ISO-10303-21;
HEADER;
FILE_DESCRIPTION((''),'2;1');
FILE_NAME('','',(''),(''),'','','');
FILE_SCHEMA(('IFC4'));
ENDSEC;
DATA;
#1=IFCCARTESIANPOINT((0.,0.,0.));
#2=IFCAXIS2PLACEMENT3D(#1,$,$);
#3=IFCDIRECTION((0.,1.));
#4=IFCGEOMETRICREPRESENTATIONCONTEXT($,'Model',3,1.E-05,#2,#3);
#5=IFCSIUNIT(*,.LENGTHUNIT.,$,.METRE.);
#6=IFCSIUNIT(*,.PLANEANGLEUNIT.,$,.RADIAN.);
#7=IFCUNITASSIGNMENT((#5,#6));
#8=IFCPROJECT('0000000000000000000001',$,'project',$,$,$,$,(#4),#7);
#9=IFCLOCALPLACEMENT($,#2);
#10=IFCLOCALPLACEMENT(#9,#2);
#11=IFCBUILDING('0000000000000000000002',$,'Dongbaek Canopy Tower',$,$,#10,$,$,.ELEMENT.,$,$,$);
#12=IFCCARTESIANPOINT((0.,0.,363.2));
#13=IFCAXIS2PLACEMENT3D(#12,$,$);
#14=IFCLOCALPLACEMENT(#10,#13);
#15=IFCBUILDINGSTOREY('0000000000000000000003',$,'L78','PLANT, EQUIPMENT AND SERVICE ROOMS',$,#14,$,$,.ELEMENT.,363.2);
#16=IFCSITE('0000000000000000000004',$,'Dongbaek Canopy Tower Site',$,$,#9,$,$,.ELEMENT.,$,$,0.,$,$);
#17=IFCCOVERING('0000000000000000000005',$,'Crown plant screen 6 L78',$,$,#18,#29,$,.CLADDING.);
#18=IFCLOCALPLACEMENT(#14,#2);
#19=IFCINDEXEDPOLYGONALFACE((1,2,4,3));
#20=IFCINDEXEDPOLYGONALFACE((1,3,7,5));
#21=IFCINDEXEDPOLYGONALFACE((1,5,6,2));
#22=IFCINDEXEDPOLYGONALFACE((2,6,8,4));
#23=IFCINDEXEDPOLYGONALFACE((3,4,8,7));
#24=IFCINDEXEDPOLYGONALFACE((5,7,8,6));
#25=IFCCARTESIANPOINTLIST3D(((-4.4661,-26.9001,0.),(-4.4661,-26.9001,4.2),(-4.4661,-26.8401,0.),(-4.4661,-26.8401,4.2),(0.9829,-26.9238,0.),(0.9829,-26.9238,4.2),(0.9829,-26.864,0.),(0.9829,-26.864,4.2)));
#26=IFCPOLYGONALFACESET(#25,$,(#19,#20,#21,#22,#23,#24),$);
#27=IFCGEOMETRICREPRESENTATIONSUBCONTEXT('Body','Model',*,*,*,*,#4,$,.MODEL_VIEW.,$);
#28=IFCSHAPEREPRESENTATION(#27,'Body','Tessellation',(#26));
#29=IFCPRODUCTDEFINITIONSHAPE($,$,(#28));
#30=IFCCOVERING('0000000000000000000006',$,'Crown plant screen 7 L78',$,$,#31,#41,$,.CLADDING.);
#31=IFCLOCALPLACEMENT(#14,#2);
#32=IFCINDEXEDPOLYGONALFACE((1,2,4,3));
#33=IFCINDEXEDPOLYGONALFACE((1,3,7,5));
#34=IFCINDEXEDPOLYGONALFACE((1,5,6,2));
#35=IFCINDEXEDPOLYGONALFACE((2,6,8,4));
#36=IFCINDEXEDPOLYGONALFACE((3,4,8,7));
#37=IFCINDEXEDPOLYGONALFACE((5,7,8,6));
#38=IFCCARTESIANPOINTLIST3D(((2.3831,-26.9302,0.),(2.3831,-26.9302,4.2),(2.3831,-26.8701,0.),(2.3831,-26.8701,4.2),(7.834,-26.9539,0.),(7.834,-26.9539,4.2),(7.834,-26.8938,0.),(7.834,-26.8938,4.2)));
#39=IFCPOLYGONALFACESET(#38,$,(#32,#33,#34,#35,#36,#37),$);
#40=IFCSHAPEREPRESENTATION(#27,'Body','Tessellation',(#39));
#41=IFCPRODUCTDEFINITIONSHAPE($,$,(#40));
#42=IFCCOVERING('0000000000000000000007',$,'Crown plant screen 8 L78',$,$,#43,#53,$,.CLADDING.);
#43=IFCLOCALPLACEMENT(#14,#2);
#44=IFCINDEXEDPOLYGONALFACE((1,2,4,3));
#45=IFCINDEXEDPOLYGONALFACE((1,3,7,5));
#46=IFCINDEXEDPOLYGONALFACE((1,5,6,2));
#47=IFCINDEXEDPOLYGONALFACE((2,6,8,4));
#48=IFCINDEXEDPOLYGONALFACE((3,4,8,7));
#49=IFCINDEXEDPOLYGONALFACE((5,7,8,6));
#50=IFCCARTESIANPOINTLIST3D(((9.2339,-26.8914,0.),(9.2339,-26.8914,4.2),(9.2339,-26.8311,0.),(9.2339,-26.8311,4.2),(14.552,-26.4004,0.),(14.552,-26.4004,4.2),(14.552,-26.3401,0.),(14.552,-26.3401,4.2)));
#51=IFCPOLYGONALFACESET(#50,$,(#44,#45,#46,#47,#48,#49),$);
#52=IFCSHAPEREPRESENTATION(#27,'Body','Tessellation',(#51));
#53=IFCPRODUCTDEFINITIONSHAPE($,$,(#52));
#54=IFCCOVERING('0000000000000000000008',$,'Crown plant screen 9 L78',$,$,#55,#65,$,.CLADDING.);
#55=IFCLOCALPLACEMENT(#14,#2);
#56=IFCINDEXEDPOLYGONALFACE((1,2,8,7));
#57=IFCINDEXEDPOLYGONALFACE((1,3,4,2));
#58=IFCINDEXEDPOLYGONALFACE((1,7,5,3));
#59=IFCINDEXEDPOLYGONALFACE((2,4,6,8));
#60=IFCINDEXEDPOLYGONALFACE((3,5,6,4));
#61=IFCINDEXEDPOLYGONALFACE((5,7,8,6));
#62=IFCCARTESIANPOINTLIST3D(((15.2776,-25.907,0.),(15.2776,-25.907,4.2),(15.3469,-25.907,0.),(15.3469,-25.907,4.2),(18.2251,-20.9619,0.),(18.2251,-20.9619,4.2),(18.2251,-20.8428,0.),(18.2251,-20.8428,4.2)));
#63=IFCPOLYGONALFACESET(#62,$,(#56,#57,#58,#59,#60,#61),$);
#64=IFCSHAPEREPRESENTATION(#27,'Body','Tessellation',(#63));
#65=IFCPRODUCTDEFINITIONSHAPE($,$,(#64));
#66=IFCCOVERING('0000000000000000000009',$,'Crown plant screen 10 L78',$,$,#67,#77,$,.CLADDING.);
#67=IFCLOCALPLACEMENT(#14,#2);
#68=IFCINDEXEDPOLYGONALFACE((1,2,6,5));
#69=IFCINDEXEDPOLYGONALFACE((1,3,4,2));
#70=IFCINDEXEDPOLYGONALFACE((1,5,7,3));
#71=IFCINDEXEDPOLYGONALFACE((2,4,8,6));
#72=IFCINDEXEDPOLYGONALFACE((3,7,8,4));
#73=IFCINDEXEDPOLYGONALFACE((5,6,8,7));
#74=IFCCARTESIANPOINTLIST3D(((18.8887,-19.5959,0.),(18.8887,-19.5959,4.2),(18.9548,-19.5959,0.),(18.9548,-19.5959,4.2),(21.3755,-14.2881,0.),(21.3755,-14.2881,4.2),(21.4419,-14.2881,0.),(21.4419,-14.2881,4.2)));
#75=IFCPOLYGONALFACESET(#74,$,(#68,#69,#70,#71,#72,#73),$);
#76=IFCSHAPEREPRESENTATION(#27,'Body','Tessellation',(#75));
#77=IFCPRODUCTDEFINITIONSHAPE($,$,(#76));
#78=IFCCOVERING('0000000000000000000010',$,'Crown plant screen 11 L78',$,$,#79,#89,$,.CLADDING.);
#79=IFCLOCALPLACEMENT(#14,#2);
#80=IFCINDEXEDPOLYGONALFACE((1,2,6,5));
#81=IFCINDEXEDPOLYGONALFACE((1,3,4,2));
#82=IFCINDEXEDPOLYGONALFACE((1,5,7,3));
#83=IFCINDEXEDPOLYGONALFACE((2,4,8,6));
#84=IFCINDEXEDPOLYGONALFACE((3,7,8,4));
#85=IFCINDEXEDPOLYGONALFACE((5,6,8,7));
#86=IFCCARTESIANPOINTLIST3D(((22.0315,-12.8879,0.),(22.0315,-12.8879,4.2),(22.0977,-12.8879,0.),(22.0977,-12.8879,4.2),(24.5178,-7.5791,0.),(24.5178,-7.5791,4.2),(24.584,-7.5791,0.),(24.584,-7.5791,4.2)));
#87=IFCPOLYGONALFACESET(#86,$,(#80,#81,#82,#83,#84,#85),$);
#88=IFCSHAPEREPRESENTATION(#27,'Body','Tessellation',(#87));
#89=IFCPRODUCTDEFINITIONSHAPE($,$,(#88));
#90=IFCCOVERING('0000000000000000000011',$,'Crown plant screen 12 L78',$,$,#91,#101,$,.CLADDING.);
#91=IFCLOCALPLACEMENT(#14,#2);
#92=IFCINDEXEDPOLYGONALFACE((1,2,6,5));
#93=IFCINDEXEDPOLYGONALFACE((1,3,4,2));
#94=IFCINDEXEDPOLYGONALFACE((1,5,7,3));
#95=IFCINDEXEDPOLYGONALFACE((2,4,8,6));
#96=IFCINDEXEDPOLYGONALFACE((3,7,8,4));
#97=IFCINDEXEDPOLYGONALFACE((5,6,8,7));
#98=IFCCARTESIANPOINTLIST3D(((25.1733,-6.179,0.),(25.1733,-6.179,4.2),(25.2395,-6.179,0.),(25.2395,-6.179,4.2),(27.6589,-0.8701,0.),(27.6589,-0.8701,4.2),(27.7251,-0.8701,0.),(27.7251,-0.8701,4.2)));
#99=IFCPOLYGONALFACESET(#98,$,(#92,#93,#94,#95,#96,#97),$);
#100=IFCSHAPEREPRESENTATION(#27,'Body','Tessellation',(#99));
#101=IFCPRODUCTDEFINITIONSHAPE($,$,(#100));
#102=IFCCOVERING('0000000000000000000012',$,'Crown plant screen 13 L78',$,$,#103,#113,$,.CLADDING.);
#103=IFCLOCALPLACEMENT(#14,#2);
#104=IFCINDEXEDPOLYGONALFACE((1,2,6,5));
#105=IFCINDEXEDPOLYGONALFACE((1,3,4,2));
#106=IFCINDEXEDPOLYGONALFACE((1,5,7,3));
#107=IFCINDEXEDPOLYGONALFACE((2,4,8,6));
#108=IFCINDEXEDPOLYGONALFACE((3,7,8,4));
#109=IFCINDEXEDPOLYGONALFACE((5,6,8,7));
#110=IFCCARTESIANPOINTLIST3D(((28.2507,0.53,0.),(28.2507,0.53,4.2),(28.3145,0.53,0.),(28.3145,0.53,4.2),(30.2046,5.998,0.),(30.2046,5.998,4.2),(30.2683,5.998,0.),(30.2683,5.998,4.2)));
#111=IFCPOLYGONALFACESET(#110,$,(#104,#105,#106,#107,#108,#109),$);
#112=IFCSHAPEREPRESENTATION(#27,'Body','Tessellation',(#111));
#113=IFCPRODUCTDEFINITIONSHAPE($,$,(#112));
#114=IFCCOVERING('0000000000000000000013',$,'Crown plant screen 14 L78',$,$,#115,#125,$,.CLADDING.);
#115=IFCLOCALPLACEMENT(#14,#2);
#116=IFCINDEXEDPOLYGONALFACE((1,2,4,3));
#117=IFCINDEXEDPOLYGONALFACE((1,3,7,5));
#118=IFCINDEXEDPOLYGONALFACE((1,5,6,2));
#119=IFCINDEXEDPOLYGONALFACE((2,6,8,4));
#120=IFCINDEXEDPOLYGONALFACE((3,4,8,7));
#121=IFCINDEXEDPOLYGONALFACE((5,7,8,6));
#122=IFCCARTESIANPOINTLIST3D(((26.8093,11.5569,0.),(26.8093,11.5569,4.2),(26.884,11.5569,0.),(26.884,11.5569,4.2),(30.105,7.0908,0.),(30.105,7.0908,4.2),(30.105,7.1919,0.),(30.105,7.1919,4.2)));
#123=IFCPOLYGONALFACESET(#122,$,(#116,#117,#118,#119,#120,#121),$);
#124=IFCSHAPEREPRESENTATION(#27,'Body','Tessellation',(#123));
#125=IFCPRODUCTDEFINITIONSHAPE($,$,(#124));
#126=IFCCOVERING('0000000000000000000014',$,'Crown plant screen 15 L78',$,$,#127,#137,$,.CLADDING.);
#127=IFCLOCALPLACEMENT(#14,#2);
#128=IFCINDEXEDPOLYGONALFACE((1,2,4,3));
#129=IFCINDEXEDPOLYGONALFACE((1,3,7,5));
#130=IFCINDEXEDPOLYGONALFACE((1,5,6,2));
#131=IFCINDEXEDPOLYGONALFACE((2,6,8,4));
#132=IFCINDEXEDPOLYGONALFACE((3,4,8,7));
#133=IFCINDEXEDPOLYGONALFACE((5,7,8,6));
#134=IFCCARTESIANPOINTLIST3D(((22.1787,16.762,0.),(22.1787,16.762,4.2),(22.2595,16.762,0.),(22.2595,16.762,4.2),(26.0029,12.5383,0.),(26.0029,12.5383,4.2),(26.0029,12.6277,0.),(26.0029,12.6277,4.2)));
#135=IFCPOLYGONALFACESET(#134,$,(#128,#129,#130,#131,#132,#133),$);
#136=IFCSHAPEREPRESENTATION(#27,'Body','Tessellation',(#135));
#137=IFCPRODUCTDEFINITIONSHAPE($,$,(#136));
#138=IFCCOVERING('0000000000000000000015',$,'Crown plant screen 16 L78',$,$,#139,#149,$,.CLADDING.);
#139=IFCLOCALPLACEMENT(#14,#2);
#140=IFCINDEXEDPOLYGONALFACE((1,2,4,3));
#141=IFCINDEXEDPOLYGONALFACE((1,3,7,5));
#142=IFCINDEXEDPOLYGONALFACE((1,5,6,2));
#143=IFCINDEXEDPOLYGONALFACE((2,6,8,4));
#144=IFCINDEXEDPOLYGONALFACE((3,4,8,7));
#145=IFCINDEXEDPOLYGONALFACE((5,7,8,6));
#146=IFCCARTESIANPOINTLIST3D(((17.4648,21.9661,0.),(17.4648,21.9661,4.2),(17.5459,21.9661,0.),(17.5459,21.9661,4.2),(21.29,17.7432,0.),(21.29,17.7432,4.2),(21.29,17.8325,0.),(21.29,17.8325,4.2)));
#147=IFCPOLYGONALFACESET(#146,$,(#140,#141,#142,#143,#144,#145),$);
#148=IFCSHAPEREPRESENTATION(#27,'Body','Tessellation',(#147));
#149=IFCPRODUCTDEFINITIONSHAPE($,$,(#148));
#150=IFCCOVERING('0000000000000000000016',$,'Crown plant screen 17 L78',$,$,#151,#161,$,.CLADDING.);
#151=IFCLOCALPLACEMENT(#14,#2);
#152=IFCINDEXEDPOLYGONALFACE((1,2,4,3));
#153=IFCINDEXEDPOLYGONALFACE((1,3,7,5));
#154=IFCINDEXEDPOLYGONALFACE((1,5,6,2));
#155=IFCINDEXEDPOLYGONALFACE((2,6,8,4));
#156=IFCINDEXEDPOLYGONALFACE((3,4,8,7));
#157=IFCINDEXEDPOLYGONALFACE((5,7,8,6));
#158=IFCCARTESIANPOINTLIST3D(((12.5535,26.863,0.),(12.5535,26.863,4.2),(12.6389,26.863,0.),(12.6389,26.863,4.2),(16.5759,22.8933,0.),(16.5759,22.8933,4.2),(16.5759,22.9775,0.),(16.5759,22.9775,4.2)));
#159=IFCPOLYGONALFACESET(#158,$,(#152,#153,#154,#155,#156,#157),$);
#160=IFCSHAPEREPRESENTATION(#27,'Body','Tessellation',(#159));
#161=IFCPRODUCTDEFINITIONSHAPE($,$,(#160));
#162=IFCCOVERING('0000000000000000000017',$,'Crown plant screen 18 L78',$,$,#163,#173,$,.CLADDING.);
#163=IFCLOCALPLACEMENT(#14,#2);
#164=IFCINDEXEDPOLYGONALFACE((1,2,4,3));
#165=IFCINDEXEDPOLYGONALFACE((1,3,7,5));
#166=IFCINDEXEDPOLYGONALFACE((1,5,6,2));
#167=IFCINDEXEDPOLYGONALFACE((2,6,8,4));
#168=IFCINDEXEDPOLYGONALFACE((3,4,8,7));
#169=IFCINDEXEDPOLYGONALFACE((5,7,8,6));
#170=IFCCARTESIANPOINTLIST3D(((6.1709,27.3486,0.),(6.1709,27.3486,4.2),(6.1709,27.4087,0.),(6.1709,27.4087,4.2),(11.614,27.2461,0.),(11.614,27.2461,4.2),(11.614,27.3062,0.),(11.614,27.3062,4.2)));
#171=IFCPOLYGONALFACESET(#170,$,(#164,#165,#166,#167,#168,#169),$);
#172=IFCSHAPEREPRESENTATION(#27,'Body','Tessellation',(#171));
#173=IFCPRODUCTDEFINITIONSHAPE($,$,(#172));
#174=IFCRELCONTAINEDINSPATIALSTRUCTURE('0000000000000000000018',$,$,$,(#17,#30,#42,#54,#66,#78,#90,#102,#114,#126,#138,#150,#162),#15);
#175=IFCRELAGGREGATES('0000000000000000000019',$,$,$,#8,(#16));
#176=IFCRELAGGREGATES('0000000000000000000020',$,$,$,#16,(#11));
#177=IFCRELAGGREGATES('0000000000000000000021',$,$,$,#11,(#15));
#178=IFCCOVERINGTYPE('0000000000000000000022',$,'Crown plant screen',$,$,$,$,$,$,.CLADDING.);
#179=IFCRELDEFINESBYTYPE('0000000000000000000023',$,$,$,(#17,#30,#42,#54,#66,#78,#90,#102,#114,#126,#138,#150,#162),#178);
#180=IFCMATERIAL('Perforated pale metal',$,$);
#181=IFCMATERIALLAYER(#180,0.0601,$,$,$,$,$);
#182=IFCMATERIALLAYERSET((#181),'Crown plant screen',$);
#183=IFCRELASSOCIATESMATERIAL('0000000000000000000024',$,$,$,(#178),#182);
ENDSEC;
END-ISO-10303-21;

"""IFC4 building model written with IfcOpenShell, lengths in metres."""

from ifc_helpers import new_model, si_unit, direction, frame, origin, place, context, subcontext, project, spatial, polyline, outline, extrude, material, layer, layer_set, type_object, element, save


model = new_model("IFC4")

# Units and contexts
model_context = context("Model", 3, precision=1e-05, world=origin(), true_north=direction((0.0, 1.0)))
body_context = subcontext(model_context, "Body", "Model", "MODEL_VIEW")
ifc_project = project(units=[si_unit("LENGTHUNIT", "METRE"), si_unit("PLANEANGLEUNIT", "RADIAN")], contexts=[model_context])

# Site, building, storey
site_placement = place(None, origin())
site = spatial("IfcSite", under=ifc_project, at=site_placement, Name="Dongbaek Canopy Tower Site", CompositionType="ELEMENT", RefElevation=0.0)
building_placement = place(site_placement, origin())
building = spatial("IfcBuilding", under=site, at=building_placement, Name="Dongbaek Canopy Tower", CompositionType="ELEMENT")
storey_placement = place(building_placement, frame((0.0, 0.0, 363.2)))
storey = spatial("IfcBuildingStorey", under=building, at=storey_placement, Name="L78", Description="PLANT, EQUIPMENT AND SERVICE ROOMS", CompositionType="ELEMENT", Elevation=363.2)

# Coverings
ifc_material = material(Name="Perforated pale metal")
ifc_layer = layer(ifc_material, 0.0601)
ifc_layer_set = layer_set([ifc_layer], Name="Crown plant screen")
covering_type = type_object("IfcCoveringType", Name="Crown plant screen", PredefinedType="CLADDING", material=ifc_layer_set)
covering_1_placement = place(storey_placement, origin())
element("IfcCovering", 1, at=covering_1_placement, inside=storey, type_object=covering_type, Name="Crown plant screen 6 L78", PredefinedType="CLADDING", context=body_context, shape_type="SweptSolid", body=[
    extrude(outline(polyline([(-4.4661, -26.9001), (-4.4661, -26.8401), (0.9829, -26.864), (0.9829, -26.9238), (-4.4661, -26.9001)])), origin(), (0.0, 0.0, 1.0), 4.2),
])
covering_2_placement = place(storey_placement, origin())
element("IfcCovering", 2, at=covering_2_placement, inside=storey, type_object=covering_type, Name="Crown plant screen 7 L78", PredefinedType="CLADDING", context=body_context, shape_type="SweptSolid", body=[
    extrude(outline(polyline([(2.3831, -26.9302), (2.3831, -26.8701), (7.834, -26.8938), (7.834, -26.9539), (2.3831, -26.9302)])), origin(), (0.0, 0.0, 1.0), 4.2),
])
covering_3_placement = place(storey_placement, origin())
element("IfcCovering", 3, at=covering_3_placement, inside=storey, type_object=covering_type, Name="Crown plant screen 8 L78", PredefinedType="CLADDING", context=body_context, shape_type="SweptSolid", body=[
    extrude(outline(polyline([(9.2339, -26.8914), (9.2339, -26.8311), (14.552, -26.3401), (14.552, -26.4004), (9.2339, -26.8914)])), origin(), (0.0, 0.0, 1.0), 4.2),
])
covering_4_placement = place(storey_placement, origin())
element("IfcCovering", 4, at=covering_4_placement, inside=storey, type_object=covering_type, Name="Crown plant screen 9 L78", PredefinedType="CLADDING", context=body_context, shape_type="SweptSolid", body=[
    extrude(outline(polyline([(15.3469, -25.907), (15.2776, -25.907), (18.2251, -20.8428), (18.2251, -20.9619), (15.3469, -25.907)])), origin(), (0.0, 0.0, 1.0), 4.2),
])
covering_5_placement = place(storey_placement, origin())
element("IfcCovering", 5, at=covering_5_placement, inside=storey, type_object=covering_type, Name="Crown plant screen 10 L78", PredefinedType="CLADDING", context=body_context, shape_type="SweptSolid", body=[
    extrude(outline(polyline([(18.9548, -19.5959), (18.8887, -19.5959), (21.3755, -14.2881), (21.4419, -14.2881), (18.9548, -19.5959)])), origin(), (0.0, 0.0, 1.0), 4.2),
])
covering_6_placement = place(storey_placement, origin())
element("IfcCovering", 6, at=covering_6_placement, inside=storey, type_object=covering_type, Name="Crown plant screen 11 L78", PredefinedType="CLADDING", context=body_context, shape_type="SweptSolid", body=[
    extrude(outline(polyline([(22.0977, -12.8879), (22.0315, -12.8879), (24.5178, -7.5791), (24.584, -7.5791), (22.0977, -12.8879)])), origin(), (0.0, 0.0, 1.0), 4.2),
])
covering_7_placement = place(storey_placement, origin())
element("IfcCovering", 7, at=covering_7_placement, inside=storey, type_object=covering_type, Name="Crown plant screen 12 L78", PredefinedType="CLADDING", context=body_context, shape_type="SweptSolid", body=[
    extrude(outline(polyline([(25.2395, -6.179), (25.1733, -6.179), (27.6589, -0.8701), (27.7251, -0.8701), (25.2395, -6.179)])), origin(), (0.0, 0.0, 1.0), 4.2),
])
covering_8_placement = place(storey_placement, origin())
element("IfcCovering", 8, at=covering_8_placement, inside=storey, type_object=covering_type, Name="Crown plant screen 13 L78", PredefinedType="CLADDING", context=body_context, shape_type="SweptSolid", body=[
    extrude(outline(polyline([(28.3145, 0.53), (28.2507, 0.53), (30.2046, 5.998), (30.2683, 5.998), (28.3145, 0.53)])), origin(), (0.0, 0.0, 1.0), 4.2),
])
covering_9_placement = place(storey_placement, origin())
element("IfcCovering", 9, at=covering_9_placement, inside=storey, type_object=covering_type, Name="Crown plant screen 14 L78", PredefinedType="CLADDING", context=body_context, shape_type="SweptSolid", body=[
    extrude(outline(polyline([(30.105, 7.1919), (30.105, 7.0908), (26.8093, 11.5569), (26.884, 11.5569), (30.105, 7.1919)])), origin(), (0.0, 0.0, 1.0), 4.2),
])
covering_10_placement = place(storey_placement, origin())
element("IfcCovering", 10, at=covering_10_placement, inside=storey, type_object=covering_type, Name="Crown plant screen 15 L78", PredefinedType="CLADDING", context=body_context, shape_type="SweptSolid", body=[
    extrude(outline(polyline([(26.0029, 12.6277), (26.0029, 12.5383), (22.1787, 16.762), (22.2595, 16.762), (26.0029, 12.6277)])), origin(), (0.0, 0.0, 1.0), 4.2),
])
covering_11_placement = place(storey_placement, origin())
element("IfcCovering", 11, at=covering_11_placement, inside=storey, type_object=covering_type, Name="Crown plant screen 16 L78", PredefinedType="CLADDING", context=body_context, shape_type="SweptSolid", body=[
    extrude(outline(polyline([(21.29, 17.8325), (21.29, 17.7432), (17.4648, 21.9661), (17.5459, 21.9661), (21.29, 17.8325)])), origin(), (0.0, 0.0, 1.0), 4.2),
])
covering_12_placement = place(storey_placement, origin())
element("IfcCovering", 12, at=covering_12_placement, inside=storey, type_object=covering_type, Name="Crown plant screen 17 L78", PredefinedType="CLADDING", context=body_context, shape_type="SweptSolid", body=[
    extrude(outline(polyline([(16.5759, 22.9775), (16.5759, 22.8933), (12.5535, 26.863), (12.6389, 26.863), (16.5759, 22.9775)])), origin(), (0.0, 0.0, 1.0), 4.2),
])
covering_13_placement = place(storey_placement, origin())
element("IfcCovering", 13, at=covering_13_placement, inside=storey, type_object=covering_type, Name="Crown plant screen 18 L78", PredefinedType="CLADDING", context=body_context, shape_type="SweptSolid", body=[
    extrude(outline(polyline([(11.614, 27.3062), (11.614, 27.2461), (6.1709, 27.3486), (6.1709, 27.4087), (11.614, 27.3062)])), origin(), (0.0, 0.0, 1.0), 4.2),
])

save(model, "model.ifc")
